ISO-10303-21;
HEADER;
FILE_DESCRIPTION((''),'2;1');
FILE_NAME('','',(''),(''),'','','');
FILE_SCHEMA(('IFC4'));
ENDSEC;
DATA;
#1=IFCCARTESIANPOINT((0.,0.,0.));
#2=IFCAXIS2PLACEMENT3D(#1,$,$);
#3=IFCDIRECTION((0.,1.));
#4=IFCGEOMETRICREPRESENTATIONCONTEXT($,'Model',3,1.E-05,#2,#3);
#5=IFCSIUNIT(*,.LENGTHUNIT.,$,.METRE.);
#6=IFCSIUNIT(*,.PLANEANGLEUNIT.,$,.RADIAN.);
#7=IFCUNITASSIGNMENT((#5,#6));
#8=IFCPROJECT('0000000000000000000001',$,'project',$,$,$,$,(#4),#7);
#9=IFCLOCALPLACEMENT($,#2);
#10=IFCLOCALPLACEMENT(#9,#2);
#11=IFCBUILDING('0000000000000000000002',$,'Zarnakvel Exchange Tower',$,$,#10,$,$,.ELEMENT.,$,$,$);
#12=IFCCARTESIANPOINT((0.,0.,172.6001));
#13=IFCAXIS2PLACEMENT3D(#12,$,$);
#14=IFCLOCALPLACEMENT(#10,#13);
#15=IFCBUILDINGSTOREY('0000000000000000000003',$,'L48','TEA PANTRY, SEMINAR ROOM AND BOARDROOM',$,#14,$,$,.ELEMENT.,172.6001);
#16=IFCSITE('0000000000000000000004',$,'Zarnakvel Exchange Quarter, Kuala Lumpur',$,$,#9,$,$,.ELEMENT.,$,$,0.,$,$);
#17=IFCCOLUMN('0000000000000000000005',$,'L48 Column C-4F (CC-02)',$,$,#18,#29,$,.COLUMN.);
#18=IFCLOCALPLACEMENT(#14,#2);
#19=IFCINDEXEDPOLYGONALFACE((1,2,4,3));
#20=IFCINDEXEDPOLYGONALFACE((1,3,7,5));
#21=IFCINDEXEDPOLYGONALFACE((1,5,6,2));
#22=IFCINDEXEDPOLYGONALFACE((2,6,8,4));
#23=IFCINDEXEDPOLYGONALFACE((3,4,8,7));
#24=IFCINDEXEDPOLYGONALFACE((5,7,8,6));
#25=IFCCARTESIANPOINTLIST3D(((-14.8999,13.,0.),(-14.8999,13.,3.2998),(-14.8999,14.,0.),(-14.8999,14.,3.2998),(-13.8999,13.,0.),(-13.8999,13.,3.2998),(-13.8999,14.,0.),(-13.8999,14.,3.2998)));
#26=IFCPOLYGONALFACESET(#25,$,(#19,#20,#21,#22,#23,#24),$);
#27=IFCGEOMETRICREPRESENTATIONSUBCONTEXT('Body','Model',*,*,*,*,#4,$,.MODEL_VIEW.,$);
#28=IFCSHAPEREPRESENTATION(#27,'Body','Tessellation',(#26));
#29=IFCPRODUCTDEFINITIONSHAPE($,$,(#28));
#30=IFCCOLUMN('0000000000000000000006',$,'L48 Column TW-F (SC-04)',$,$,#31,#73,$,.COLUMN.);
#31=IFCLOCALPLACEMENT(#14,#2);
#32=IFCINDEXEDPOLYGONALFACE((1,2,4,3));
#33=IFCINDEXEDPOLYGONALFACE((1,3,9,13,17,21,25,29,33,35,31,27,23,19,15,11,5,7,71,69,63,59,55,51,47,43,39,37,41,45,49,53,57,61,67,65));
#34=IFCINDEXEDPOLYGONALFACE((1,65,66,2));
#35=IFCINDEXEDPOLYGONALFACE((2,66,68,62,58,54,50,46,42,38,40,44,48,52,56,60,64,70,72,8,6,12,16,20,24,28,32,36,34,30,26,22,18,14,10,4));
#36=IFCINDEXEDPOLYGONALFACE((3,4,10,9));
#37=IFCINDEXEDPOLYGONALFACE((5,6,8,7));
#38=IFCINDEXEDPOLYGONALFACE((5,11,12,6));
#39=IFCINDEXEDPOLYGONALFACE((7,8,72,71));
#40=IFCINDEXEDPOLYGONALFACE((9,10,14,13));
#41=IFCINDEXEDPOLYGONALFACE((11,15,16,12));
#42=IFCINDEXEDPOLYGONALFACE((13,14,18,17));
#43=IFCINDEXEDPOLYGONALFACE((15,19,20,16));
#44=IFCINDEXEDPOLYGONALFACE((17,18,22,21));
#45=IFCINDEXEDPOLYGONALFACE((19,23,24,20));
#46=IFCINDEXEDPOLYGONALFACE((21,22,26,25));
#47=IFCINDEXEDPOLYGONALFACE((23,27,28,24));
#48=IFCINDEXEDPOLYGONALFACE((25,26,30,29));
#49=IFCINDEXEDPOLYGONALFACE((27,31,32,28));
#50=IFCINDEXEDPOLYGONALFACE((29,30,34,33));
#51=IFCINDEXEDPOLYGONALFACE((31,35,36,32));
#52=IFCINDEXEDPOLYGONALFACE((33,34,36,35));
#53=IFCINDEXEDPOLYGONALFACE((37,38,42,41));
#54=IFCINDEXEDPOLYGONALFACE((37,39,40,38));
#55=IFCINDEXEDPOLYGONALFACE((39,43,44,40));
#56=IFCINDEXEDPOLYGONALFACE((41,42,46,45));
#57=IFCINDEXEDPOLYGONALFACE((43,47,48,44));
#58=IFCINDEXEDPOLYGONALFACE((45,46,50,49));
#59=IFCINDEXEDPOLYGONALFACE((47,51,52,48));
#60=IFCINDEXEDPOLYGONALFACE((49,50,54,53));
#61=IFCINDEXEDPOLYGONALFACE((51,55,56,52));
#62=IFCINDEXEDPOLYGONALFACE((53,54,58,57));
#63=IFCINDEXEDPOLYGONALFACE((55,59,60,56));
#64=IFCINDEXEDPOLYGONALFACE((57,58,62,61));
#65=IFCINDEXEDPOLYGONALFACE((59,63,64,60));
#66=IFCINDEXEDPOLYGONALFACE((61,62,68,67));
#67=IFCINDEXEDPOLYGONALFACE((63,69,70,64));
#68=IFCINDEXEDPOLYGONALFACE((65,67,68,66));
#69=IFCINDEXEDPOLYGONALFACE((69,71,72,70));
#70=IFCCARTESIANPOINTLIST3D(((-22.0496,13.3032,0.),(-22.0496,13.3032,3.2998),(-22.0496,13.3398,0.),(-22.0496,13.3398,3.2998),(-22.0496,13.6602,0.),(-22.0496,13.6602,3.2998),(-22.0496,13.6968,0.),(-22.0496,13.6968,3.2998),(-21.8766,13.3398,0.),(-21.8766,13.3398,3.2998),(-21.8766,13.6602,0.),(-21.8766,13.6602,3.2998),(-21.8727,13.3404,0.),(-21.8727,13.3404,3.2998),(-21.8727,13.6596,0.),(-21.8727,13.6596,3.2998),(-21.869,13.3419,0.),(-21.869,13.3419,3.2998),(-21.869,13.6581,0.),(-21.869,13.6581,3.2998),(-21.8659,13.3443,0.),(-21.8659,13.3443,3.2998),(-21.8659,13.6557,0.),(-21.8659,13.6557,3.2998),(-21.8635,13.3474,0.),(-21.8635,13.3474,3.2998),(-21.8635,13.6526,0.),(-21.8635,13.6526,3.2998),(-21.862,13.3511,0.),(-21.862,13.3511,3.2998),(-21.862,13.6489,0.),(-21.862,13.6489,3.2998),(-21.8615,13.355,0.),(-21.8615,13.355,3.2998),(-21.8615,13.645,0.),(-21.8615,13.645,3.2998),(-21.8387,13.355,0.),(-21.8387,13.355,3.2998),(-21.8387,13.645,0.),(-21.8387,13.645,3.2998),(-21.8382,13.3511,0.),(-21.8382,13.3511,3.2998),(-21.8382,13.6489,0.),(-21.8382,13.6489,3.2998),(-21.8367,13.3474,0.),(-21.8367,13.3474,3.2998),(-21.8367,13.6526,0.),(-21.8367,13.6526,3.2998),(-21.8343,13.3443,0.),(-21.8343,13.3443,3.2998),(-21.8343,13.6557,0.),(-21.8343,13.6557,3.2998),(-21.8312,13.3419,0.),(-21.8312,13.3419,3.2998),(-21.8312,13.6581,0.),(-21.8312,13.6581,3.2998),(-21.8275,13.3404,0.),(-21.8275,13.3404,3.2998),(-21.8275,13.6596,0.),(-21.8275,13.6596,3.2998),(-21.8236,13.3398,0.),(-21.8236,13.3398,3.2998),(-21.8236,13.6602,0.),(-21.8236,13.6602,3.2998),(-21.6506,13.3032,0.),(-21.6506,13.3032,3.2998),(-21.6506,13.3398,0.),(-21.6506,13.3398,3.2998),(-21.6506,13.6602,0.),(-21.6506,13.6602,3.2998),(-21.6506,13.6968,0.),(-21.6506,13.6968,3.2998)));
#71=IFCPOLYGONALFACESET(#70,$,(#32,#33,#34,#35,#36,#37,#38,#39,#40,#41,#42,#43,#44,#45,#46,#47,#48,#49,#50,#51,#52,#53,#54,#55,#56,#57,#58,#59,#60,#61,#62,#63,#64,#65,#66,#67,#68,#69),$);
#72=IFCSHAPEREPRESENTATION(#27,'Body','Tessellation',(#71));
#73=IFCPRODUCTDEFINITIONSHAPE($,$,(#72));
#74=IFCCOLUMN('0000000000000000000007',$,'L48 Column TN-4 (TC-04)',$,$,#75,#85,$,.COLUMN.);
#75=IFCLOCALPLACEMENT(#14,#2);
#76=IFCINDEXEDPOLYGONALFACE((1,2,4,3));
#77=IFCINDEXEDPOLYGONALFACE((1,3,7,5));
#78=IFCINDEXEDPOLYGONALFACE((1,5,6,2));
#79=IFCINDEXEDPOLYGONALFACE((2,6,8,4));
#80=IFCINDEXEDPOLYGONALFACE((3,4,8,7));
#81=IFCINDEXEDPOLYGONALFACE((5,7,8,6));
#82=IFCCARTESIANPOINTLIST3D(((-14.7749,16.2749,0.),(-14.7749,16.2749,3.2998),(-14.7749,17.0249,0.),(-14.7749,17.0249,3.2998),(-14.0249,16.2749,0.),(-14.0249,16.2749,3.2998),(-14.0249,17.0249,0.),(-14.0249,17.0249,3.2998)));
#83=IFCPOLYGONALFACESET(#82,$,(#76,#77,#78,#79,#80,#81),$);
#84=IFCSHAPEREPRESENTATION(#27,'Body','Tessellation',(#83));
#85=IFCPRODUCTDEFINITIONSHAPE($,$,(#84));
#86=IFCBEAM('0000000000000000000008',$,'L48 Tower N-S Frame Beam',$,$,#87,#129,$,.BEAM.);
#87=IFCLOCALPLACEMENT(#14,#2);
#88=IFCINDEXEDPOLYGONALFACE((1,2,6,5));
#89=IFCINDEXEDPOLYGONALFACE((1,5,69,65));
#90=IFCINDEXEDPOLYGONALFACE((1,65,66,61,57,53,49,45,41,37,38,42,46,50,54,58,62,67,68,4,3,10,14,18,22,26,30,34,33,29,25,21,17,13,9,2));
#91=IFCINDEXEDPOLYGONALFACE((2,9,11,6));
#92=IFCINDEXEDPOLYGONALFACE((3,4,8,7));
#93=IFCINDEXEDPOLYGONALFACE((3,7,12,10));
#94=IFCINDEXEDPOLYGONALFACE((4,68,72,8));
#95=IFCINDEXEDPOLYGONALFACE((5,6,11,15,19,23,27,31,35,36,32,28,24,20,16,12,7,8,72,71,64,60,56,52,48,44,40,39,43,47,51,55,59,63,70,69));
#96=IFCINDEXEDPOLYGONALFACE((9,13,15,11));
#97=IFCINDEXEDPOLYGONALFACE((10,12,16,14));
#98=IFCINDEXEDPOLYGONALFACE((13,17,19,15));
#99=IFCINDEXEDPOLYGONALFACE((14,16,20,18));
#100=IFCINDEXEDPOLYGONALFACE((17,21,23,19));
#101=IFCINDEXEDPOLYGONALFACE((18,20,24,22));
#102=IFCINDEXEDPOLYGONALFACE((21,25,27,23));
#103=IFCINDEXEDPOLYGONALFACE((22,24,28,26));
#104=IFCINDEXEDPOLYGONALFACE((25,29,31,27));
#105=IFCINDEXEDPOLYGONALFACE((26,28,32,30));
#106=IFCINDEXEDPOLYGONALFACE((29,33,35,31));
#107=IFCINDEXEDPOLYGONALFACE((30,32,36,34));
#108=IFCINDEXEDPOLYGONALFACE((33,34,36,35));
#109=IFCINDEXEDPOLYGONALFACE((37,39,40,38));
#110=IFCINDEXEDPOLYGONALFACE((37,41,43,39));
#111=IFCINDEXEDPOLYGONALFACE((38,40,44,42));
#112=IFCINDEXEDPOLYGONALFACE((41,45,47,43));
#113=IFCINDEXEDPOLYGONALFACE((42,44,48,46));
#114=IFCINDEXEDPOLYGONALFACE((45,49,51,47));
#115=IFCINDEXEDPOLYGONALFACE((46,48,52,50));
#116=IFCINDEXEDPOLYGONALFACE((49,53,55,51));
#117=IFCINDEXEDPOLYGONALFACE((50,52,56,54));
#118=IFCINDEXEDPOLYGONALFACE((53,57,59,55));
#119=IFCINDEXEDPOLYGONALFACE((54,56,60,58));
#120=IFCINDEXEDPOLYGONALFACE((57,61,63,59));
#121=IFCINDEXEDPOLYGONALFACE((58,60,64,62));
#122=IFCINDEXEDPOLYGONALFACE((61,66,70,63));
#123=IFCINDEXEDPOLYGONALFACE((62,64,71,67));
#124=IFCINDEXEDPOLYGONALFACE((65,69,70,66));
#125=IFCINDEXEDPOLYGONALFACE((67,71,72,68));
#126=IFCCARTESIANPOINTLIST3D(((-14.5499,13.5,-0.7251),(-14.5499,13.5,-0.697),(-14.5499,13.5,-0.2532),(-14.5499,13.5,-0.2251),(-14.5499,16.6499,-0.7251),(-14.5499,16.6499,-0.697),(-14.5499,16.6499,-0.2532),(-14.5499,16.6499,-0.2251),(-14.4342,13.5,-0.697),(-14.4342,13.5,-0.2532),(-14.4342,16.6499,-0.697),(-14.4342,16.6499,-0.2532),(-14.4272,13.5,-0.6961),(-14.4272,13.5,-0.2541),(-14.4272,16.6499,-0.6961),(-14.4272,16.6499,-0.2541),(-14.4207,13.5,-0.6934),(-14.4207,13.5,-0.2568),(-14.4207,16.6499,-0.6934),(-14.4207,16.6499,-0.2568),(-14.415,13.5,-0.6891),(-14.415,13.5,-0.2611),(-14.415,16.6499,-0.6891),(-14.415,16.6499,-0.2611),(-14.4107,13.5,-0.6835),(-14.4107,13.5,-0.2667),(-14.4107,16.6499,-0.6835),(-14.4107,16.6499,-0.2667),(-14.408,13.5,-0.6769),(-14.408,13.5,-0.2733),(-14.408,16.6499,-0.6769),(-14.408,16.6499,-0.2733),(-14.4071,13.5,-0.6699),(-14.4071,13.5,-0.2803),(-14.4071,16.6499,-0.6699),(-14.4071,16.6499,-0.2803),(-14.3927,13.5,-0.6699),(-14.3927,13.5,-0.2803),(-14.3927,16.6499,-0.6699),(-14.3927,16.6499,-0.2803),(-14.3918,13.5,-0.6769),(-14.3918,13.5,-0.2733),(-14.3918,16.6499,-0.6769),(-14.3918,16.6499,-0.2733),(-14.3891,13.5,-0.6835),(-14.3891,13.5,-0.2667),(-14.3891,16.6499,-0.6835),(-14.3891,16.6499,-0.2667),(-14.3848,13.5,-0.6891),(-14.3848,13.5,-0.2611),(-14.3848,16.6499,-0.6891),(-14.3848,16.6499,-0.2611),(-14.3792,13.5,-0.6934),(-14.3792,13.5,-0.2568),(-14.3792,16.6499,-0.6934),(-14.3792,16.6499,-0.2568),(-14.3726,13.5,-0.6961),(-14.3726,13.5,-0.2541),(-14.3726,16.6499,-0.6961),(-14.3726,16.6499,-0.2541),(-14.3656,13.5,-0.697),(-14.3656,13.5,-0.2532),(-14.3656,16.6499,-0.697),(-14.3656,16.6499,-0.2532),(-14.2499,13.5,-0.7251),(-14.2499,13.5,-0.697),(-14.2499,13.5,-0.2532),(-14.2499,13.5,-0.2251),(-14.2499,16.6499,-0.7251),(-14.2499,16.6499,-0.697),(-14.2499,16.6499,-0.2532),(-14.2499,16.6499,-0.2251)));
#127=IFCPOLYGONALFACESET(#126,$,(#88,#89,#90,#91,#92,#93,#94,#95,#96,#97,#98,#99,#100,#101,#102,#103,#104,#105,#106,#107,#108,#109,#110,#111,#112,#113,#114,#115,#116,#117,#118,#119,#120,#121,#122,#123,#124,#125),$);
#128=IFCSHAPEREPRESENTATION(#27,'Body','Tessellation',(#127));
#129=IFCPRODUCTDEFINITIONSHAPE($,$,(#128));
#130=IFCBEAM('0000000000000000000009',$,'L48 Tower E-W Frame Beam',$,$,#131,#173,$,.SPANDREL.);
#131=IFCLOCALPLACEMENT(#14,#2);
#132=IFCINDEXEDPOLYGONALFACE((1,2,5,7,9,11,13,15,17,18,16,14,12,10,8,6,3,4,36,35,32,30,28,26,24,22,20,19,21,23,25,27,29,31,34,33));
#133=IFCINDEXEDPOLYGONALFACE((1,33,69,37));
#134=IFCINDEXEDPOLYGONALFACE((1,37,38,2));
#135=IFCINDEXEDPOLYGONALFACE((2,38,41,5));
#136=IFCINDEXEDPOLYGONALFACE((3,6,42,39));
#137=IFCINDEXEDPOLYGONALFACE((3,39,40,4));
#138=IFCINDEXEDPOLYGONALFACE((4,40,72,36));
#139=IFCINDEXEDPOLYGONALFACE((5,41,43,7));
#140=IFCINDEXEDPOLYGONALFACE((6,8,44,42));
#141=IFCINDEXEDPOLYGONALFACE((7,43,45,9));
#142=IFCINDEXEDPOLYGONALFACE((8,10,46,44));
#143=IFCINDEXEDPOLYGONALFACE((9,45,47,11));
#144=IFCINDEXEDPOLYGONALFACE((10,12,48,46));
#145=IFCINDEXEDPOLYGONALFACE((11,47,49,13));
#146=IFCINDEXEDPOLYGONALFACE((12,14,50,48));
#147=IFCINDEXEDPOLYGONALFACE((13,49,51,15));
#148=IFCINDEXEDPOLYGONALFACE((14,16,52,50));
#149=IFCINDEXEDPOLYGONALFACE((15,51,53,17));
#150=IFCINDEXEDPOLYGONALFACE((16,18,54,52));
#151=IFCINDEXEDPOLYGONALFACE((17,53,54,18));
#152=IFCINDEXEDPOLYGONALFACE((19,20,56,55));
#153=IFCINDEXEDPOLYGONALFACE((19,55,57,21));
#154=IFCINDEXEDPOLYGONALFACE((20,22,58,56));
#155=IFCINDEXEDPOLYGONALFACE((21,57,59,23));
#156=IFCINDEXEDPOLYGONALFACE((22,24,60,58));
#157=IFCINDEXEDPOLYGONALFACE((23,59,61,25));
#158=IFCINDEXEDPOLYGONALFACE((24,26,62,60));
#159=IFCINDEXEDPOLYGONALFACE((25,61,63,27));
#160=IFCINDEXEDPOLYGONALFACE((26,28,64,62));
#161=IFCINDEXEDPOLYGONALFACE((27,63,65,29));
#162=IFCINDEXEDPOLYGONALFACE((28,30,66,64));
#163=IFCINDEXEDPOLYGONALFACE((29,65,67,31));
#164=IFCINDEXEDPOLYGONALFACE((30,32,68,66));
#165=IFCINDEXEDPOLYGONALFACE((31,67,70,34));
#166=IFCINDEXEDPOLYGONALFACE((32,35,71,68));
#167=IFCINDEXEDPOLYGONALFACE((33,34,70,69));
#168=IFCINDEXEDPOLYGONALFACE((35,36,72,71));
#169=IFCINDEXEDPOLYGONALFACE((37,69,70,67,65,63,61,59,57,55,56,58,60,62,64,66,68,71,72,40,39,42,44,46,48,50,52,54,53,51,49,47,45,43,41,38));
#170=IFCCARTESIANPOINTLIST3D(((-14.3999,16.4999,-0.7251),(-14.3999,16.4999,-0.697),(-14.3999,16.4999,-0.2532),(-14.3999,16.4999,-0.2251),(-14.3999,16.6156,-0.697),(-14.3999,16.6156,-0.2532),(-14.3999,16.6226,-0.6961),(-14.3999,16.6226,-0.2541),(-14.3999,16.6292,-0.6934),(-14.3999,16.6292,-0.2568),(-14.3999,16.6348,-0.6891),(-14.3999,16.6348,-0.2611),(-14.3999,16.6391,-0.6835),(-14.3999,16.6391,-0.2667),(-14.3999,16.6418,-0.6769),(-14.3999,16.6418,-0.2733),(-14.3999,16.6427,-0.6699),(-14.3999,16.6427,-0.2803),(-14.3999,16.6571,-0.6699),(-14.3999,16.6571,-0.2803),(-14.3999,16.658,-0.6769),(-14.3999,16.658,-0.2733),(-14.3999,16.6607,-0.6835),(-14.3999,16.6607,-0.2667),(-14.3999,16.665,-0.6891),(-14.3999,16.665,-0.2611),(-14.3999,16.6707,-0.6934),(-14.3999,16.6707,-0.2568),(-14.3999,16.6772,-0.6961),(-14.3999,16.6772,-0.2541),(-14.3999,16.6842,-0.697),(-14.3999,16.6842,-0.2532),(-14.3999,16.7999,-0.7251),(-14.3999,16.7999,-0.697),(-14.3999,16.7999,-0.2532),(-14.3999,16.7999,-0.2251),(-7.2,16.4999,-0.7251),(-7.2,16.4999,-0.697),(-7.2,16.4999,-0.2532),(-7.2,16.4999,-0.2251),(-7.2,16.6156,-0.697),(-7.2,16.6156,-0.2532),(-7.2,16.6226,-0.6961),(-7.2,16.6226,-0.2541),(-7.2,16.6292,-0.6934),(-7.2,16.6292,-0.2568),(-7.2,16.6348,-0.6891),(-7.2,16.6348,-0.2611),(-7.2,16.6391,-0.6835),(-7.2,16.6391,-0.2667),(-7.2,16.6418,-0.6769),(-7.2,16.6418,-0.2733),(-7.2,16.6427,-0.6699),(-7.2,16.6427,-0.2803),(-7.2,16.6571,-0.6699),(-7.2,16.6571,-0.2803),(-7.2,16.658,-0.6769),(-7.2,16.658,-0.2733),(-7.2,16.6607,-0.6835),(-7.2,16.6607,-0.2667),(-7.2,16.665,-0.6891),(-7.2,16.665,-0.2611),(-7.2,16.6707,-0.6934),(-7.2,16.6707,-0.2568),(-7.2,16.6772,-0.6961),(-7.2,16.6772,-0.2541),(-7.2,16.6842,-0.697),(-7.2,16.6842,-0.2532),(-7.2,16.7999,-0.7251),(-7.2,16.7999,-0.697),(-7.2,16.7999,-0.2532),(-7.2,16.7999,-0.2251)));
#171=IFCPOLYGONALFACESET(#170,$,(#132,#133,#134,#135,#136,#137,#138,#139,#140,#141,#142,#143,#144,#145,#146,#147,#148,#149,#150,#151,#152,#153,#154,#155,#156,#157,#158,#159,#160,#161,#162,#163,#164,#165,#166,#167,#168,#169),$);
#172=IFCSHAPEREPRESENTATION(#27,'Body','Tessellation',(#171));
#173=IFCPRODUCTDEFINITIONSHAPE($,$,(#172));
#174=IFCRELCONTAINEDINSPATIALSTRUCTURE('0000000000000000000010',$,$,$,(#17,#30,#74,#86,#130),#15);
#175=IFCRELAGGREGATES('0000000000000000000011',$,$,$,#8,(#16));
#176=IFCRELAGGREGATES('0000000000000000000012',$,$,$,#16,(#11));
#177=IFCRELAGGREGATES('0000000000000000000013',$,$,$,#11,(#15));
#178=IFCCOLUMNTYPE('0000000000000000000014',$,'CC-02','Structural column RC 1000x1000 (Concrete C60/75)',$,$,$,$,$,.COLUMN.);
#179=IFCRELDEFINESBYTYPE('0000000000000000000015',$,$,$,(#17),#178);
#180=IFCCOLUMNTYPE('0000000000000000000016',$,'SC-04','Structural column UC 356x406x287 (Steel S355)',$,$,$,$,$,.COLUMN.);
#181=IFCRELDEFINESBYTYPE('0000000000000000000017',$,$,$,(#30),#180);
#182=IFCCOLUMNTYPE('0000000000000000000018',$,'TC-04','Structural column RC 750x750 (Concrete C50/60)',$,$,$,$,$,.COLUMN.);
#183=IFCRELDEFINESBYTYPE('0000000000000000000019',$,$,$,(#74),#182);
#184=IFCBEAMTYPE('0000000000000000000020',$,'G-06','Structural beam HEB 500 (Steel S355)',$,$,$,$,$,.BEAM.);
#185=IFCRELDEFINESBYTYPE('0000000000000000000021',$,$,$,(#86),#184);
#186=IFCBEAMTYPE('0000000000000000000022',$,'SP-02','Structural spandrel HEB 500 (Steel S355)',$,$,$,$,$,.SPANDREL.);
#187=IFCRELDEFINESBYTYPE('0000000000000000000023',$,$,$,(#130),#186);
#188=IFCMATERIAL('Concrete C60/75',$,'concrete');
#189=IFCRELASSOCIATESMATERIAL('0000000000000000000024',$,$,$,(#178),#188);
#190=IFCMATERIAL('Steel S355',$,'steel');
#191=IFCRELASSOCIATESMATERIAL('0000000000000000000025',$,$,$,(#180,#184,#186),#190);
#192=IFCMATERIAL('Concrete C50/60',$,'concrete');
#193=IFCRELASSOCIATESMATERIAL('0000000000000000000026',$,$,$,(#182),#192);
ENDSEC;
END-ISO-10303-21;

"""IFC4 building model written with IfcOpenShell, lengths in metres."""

from ifc_helpers import new_model, si_unit, direction, frame, origin, origin_2d, place, context, subcontext, project, spatial, rectangle, i_section, extrude, material, material_profile, profile_set, type_object, element, save


model = new_model("IFC4")

# Units and contexts
model_context = context("Model", 3, precision=1e-05, world=origin(), true_north=direction((0.0, 1.0)))
body_context = subcontext(model_context, "Body", "Model", "MODEL_VIEW")
ifc_project = project(units=[si_unit("LENGTHUNIT", "METRE"), si_unit("PLANEANGLEUNIT", "RADIAN")], contexts=[model_context])

# Site, building, storey
site_placement = place(None, origin())
site = spatial("IfcSite", under=ifc_project, at=site_placement, Name="Zarnakvel Exchange Quarter, Kuala Lumpur", CompositionType="ELEMENT", RefElevation=0.0)
building_placement = place(site_placement, origin())
building = spatial("IfcBuilding", under=site, at=building_placement, Name="Zarnakvel Exchange Tower", CompositionType="ELEMENT")
storey_placement = place(building_placement, frame((0.0, 0.0, 172.6001)))
storey = spatial("IfcBuildingStorey", under=building, at=storey_placement, Name="L48", Description="TEA PANTRY, SEMINAR ROOM AND BOARDROOM", CompositionType="ELEMENT", Elevation=172.6001)

# Columns
ifc_material_1 = material(Name="Concrete C60/75", Category="concrete")
ifc_material_profile_1 = material_profile(ifc_material_1, rectangle(XDim=1.0, YDim=1.0, at=origin_2d()))
ifc_profile_set_1 = profile_set([ifc_material_profile_1], Name="Concrete C60/75")
column_type_1 = type_object("IfcColumnType", Name="CC-02", Description="Structural column RC 1000x1000 (Concrete C60/75)", PredefinedType="COLUMN", material=ifc_profile_set_1)
column_1_placement = place(storey_placement, frame((-14.3999, 13.5, 0.0), z_axis=(0.0, 0.0, 1.0), x_axis=(1.0, 0.0, 0.0)))
element("IfcColumn", 1, at=column_1_placement, inside=storey, type_object=column_type_1, Name="L48 Column C-4F (CC-02)", PredefinedType="COLUMN", context=body_context, shape_type="SweptSolid", body=[
    extrude(rectangle(XDim=1.0, YDim=1.0, at=origin_2d()), origin(), (0.0, 0.0, 1.0), 3.2998),
])
ifc_material_2 = material(Name="Steel S355", Category="steel")
ifc_material_profile_2 = material_profile(ifc_material_2, i_section(OverallWidth=0.3989, OverallDepth=0.3936, WebThickness=0.0227, FlangeThickness=0.0366, FilletRadius=0.0151, at=origin_2d()))
ifc_profile_set_2 = profile_set([ifc_material_profile_2], Name="Steel S355")
column_type_2 = type_object("IfcColumnType", Name="SC-04", Description="Structural column UC 356x406x287 (Steel S355)", PredefinedType="COLUMN", material=ifc_profile_set_2)
column_2_placement = place(storey_placement, frame((-21.8501, 13.5, 0.0), z_axis=(0.0, 0.0, 1.0), x_axis=(1.0, 0.0, 0.0)))
element("IfcColumn", 2, at=column_2_placement, inside=storey, type_object=column_type_2, Name="L48 Column TW-F (SC-04)", PredefinedType="COLUMN", context=body_context, shape_type="SweptSolid", body=[
    extrude(i_section(OverallWidth=0.3989, OverallDepth=0.3936, WebThickness=0.0227, FlangeThickness=0.0366, FilletRadius=0.0151, at=origin_2d()), origin(), (0.0, 0.0, 1.0), 3.2998),
])
ifc_material_3 = material(Name="Concrete C50/60", Category="concrete")
ifc_material_profile_3 = material_profile(ifc_material_3, rectangle(XDim=0.75, YDim=0.75, at=origin_2d()))
ifc_profile_set_3 = profile_set([ifc_material_profile_3], Name="Concrete C50/60")
column_type_3 = type_object("IfcColumnType", Name="TC-04", Description="Structural column RC 750x750 (Concrete C50/60)", PredefinedType="COLUMN", material=ifc_profile_set_3)
column_3_placement = place(storey_placement, frame((-14.3999, 16.6499, 0.0), z_axis=(0.0, 0.0, 1.0), x_axis=(1.0, 0.0, 0.0)))
element("IfcColumn", 3, at=column_3_placement, inside=storey, type_object=column_type_3, Name="L48 Column TN-4 (TC-04)", PredefinedType="COLUMN", context=body_context, shape_type="SweptSolid", body=[
    extrude(rectangle(XDim=0.75, YDim=0.75, at=origin_2d()), origin(), (0.0, 0.0, 1.0), 3.2998),
])

# Beams
ifc_material_profile_4 = material_profile(ifc_material_2, i_section(OverallWidth=0.3, OverallDepth=0.5, WebThickness=0.0144, FlangeThickness=0.0281, FilletRadius=0.0271, at=origin_2d()))
ifc_profile_set_4 = profile_set([ifc_material_profile_4], Name="Steel S355")
beam_type_1 = type_object("IfcBeamType", Name="G-06", Description="Structural beam HEB 500 (Steel S355)", PredefinedType="BEAM", material=ifc_profile_set_4)
beam_1_placement = place(storey_placement, frame((-14.3999, 13.5, -0.4751), z_axis=(0.0, 1.0, 0.0), x_axis=(-1.0, 0.0, 0.0)))
element("IfcBeam", 4, at=beam_1_placement, inside=storey, type_object=beam_type_1, Name="L48 Tower N-S Frame Beam", PredefinedType="BEAM", context=body_context, shape_type="SweptSolid", body=[
    extrude(i_section(OverallWidth=0.3, OverallDepth=0.5, WebThickness=0.0144, FlangeThickness=0.0281, FilletRadius=0.0271, at=origin_2d()), origin(), (0.0, 0.0, 1.0), 3.1499),
])
ifc_material_profile_5 = material_profile(ifc_material_2, i_section(OverallWidth=0.3, OverallDepth=0.5, WebThickness=0.0144, FlangeThickness=0.0281, FilletRadius=0.0271, at=origin_2d()))
ifc_profile_set_5 = profile_set([ifc_material_profile_5], Name="Steel S355")
beam_type_2 = type_object("IfcBeamType", Name="SP-02", Description="Structural spandrel HEB 500 (Steel S355)", PredefinedType="SPANDREL", material=ifc_profile_set_5)
beam_2_placement = place(storey_placement, frame((-14.3999, 16.6499, -0.4751), z_axis=(1.0, 0.0, 0.0), x_axis=(0.0, 1.0, 0.0)))
element("IfcBeam", 5, at=beam_2_placement, inside=storey, type_object=beam_type_2, Name="L48 Tower E-W Frame Beam", PredefinedType="SPANDREL", context=body_context, shape_type="SweptSolid", body=[
    extrude(i_section(OverallWidth=0.3, OverallDepth=0.5, WebThickness=0.0144, FlangeThickness=0.0281, FilletRadius=0.0271, at=origin_2d()), origin(), (0.0, 0.0, 1.0), 7.2),
])

save(model, "model.ifc")
